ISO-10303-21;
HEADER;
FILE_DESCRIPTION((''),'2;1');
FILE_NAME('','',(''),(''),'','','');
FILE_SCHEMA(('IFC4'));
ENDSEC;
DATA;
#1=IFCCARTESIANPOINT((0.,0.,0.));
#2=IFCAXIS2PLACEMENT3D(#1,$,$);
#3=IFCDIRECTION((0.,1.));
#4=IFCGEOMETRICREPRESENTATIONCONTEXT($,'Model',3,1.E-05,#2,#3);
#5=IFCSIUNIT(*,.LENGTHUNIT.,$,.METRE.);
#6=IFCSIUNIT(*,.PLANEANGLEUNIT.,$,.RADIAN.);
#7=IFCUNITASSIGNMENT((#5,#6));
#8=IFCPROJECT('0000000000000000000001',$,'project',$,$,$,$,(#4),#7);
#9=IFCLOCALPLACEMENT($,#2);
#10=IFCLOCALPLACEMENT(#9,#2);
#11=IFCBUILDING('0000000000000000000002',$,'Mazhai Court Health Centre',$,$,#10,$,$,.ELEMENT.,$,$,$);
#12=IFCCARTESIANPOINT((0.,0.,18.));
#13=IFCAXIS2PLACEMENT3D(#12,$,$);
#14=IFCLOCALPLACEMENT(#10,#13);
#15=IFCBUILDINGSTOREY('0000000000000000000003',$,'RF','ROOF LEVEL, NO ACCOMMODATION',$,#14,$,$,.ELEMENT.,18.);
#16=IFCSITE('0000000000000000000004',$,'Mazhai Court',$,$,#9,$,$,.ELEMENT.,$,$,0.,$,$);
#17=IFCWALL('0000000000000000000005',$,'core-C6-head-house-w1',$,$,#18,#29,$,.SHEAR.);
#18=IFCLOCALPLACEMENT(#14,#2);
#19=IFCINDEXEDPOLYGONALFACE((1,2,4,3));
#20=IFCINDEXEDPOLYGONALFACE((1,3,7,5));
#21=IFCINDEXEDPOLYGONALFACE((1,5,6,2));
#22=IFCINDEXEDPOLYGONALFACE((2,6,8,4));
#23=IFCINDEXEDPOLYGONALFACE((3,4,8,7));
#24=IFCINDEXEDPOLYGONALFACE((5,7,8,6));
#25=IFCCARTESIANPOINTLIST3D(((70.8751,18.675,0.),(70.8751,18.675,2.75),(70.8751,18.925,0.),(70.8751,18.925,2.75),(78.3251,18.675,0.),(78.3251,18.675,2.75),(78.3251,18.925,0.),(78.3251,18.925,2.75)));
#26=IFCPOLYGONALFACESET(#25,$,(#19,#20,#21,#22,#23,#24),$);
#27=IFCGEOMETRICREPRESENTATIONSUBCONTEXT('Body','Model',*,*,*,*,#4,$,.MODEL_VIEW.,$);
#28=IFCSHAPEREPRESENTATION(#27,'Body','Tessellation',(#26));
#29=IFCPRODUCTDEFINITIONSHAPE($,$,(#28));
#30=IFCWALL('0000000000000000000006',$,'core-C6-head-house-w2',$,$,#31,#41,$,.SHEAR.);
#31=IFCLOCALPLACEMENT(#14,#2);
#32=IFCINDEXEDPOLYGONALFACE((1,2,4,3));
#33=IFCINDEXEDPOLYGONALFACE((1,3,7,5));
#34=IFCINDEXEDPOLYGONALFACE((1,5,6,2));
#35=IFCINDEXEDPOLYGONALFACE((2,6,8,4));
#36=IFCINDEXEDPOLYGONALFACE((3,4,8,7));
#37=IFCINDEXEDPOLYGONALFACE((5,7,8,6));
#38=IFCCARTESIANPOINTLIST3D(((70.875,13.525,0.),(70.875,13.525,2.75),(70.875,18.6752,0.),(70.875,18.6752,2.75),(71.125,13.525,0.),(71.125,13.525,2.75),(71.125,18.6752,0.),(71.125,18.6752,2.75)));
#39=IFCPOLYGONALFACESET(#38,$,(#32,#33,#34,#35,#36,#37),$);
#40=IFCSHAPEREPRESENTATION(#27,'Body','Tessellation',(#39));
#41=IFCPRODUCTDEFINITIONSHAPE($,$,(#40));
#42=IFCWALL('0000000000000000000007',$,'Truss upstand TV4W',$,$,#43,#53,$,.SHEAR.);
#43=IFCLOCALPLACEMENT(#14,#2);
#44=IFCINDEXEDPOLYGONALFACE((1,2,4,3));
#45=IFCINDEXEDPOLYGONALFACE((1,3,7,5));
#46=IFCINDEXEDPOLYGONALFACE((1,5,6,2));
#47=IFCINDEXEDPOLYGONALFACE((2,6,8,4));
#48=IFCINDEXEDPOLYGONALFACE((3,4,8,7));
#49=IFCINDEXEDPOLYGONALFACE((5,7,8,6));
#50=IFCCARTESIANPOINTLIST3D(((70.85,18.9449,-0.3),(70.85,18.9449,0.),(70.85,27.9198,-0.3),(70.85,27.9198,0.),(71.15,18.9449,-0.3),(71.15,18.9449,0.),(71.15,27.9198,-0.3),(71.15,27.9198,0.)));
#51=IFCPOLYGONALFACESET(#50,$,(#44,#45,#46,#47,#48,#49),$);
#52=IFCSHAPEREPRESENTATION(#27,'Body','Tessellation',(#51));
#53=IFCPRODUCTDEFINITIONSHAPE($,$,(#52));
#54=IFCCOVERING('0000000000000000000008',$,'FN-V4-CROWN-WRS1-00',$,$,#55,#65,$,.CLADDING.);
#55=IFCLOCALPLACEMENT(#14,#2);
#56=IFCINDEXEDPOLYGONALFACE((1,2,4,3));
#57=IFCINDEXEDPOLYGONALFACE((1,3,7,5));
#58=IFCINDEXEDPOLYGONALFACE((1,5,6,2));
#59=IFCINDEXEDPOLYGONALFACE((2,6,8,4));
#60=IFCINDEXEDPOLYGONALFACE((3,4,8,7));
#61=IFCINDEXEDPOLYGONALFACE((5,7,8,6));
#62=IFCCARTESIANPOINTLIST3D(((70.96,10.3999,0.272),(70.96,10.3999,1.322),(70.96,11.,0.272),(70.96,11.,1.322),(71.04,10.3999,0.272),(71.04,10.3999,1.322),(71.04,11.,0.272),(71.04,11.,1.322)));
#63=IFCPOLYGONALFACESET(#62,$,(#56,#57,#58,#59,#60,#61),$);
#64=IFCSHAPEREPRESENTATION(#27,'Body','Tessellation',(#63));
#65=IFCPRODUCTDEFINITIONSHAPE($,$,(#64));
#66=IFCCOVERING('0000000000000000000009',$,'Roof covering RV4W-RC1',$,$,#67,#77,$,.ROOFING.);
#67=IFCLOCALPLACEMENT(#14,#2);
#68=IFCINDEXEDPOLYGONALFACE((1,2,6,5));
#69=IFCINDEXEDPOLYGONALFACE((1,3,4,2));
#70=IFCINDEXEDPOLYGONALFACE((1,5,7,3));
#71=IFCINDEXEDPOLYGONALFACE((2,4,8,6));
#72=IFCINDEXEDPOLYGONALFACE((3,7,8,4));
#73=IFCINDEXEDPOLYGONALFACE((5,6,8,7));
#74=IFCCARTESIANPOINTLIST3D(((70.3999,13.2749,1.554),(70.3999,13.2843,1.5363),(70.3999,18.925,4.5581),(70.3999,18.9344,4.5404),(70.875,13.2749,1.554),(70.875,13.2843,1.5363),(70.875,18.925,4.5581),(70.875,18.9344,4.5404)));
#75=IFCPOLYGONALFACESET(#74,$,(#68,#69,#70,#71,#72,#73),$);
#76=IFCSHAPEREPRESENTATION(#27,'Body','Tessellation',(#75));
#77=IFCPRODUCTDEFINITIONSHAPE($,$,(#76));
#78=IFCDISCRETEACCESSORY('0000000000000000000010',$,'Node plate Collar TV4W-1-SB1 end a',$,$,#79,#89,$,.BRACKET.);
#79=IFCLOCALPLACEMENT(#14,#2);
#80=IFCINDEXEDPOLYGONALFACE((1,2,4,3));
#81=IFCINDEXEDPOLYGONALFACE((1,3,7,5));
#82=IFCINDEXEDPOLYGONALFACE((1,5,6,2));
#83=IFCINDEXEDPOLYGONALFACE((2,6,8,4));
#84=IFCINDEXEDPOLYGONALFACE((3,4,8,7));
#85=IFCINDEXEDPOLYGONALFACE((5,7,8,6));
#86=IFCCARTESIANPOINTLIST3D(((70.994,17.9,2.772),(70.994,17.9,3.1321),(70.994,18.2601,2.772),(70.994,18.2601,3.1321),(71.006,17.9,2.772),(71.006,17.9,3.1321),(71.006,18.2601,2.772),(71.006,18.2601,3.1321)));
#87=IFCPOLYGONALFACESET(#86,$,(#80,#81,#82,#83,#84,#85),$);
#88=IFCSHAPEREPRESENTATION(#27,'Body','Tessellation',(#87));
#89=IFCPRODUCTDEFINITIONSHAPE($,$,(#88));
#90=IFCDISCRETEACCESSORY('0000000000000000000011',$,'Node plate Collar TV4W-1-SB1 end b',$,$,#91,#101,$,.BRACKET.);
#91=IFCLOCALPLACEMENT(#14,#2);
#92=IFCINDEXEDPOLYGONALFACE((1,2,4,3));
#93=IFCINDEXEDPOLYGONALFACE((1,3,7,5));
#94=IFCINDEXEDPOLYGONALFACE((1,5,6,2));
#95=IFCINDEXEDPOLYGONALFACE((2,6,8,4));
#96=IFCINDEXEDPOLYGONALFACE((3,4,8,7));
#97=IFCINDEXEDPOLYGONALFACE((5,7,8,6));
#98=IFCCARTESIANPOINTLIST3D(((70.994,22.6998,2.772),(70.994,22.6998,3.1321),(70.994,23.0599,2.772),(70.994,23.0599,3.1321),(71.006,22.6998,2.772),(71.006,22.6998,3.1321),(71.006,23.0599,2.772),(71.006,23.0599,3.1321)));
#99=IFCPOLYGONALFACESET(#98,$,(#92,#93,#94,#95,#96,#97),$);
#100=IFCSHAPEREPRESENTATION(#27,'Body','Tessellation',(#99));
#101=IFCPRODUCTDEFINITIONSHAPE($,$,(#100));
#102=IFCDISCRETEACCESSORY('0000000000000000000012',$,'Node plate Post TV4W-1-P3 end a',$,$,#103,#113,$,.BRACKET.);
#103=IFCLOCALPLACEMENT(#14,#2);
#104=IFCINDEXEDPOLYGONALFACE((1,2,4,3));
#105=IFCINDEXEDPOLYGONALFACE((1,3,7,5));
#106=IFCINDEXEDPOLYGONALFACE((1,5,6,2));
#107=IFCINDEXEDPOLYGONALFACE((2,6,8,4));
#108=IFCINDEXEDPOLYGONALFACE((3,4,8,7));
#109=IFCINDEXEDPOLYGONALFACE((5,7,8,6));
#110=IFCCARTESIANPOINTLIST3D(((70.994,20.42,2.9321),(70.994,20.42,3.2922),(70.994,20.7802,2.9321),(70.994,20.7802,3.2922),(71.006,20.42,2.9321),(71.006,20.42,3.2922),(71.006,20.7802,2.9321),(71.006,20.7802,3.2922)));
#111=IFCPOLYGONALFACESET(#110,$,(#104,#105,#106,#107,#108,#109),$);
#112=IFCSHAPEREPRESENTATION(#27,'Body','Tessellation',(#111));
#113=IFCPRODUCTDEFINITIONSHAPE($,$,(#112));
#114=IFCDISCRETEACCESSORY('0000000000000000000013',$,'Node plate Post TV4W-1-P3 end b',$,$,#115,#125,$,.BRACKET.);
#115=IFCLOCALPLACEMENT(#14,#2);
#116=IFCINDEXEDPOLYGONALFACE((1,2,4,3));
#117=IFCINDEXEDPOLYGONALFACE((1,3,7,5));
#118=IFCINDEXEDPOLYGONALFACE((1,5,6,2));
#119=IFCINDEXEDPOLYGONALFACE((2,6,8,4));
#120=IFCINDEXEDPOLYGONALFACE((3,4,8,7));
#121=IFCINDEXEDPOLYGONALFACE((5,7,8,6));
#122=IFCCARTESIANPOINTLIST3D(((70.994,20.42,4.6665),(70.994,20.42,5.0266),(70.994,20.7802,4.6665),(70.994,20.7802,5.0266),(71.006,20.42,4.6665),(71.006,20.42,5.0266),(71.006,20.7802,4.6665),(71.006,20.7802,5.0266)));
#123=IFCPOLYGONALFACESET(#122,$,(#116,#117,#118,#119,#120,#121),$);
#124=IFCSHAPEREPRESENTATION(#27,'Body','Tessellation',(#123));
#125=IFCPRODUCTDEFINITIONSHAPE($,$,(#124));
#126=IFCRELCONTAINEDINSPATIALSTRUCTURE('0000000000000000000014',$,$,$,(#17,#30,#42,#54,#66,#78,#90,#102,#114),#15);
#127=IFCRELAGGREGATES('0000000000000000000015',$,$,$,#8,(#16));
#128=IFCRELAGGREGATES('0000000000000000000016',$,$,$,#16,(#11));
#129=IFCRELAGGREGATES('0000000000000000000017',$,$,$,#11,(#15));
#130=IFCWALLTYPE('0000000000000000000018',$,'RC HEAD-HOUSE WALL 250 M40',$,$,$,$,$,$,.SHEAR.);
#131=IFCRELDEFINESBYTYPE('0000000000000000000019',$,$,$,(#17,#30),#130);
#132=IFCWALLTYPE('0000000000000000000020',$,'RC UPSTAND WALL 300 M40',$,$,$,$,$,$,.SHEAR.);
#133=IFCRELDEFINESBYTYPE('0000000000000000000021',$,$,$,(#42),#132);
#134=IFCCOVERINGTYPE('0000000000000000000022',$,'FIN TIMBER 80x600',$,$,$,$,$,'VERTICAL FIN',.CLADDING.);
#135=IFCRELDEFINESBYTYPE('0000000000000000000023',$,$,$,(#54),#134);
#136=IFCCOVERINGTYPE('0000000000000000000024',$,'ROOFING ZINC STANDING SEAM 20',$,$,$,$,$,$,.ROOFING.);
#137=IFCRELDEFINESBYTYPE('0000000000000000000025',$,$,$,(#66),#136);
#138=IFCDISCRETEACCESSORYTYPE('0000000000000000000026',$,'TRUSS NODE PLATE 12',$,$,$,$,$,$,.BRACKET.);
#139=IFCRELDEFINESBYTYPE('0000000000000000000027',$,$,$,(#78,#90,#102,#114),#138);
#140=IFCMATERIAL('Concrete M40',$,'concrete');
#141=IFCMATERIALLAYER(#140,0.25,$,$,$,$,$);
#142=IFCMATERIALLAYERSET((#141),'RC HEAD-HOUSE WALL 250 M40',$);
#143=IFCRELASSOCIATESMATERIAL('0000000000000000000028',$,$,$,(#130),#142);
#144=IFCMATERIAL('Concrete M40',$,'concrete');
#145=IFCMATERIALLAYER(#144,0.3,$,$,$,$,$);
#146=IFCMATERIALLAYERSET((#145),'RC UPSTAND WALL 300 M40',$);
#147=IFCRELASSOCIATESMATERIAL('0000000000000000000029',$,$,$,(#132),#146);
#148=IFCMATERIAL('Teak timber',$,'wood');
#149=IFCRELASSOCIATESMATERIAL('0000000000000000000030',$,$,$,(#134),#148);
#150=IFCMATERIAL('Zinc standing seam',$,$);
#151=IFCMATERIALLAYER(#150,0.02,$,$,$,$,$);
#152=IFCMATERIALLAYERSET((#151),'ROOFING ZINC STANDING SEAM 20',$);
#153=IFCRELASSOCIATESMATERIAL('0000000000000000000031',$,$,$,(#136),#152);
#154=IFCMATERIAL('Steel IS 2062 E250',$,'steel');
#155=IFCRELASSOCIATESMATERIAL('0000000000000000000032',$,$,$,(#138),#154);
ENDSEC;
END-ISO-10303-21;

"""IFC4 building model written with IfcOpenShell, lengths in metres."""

from ifc_helpers import new_model, si_unit, direction, frame, frame_2d, origin, origin_2d, place, context, subcontext, project, spatial, polyline, rectangle, outline, extrude, material, layer, layer_set, type_object, element, save


model = new_model("IFC4")

# Units and contexts
model_context = context("Model", 3, precision=1e-05, world=origin(), true_north=direction((0.0, 1.0)))
body_context = subcontext(model_context, "Body", "Model", "MODEL_VIEW")
ifc_project = project(units=[si_unit("LENGTHUNIT", "METRE"), si_unit("PLANEANGLEUNIT", "RADIAN")], contexts=[model_context])

# Site, building, storey
site_placement = place(None, origin())
site = spatial("IfcSite", under=ifc_project, at=site_placement, Name="Mazhai Court", CompositionType="ELEMENT", RefElevation=0.0)
building_placement = place(site_placement, origin())
building = spatial("IfcBuilding", under=site, at=building_placement, Name="Mazhai Court Health Centre", CompositionType="ELEMENT")
storey_placement = place(building_placement, frame((0.0, 0.0, 18.0)))
storey = spatial("IfcBuildingStorey", under=building, at=storey_placement, Name="RF", Description="ROOF LEVEL, NO ACCOMMODATION", CompositionType="ELEMENT", Elevation=18.0)

# Walls
ifc_material_1 = material(Name="Concrete M40", Category="concrete")
ifc_layer_1 = layer(ifc_material_1, 0.25)
ifc_layer_set_1 = layer_set([ifc_layer_1], Name="RC HEAD-HOUSE WALL 250 M40")
wall_type_1 = type_object("IfcWallType", Name="RC HEAD-HOUSE WALL 250 M40", PredefinedType="SHEAR", material=ifc_layer_set_1)
for number, where, z_axis, x_axis, name in (
    (1, (70.875, 18.8, 0.0), (0.0, 0.0, 1.0), (1.0, 0.0, 0.0), "core-C6-head-house-w1"),
):
    element("IfcWall", number, at=place(storey_placement, frame(where, z_axis=z_axis, x_axis=x_axis)), inside=storey, type_object=wall_type_1, Name=name, PredefinedType="SHEAR", context=body_context, shape_type="SweptSolid", body=[
        extrude(rectangle(XDim=7.45, YDim=0.25, at=frame_2d((3.7251, 0.0))), origin(), (0.0, 0.0, 1.0), 2.75),
    ])
wall_1_placement = place(storey_placement, frame((71.0, 13.5249, 0.0), z_axis=(0.0, 0.0, 1.0), x_axis=(0.0, 1.0, 0.0)))
element("IfcWall", 2, at=wall_1_placement, inside=storey, type_object=wall_type_1, Name="core-C6-head-house-w2", PredefinedType="SHEAR", context=body_context, shape_type="SweptSolid", body=[
    extrude(rectangle(XDim=5.1501, YDim=0.25, at=frame_2d((2.5752, 0.0))), origin(), (0.0, 0.0, 1.0), 2.75),
])
ifc_material_2 = material(Name="Concrete M40", Category="concrete")
ifc_layer_2 = layer(ifc_material_2, 0.3)
ifc_layer_set_2 = layer_set([ifc_layer_2], Name="RC UPSTAND WALL 300 M40")
wall_type_2 = type_object("IfcWallType", Name="RC UPSTAND WALL 300 M40", PredefinedType="SHEAR", material=ifc_layer_set_2)
wall_2_placement = place(storey_placement, frame((71.0, 18.9451, -0.3), z_axis=(0.0, 0.0, 1.0), x_axis=(0.0, 1.0, 0.0)))
element("IfcWall", 3, at=wall_2_placement, inside=storey, type_object=wall_type_2, Name="Truss upstand TV4W", PredefinedType="SHEAR", context=body_context, shape_type="SweptSolid", body=[
    extrude(rectangle(XDim=8.9749, YDim=0.3, at=frame_2d((4.4873, 0.0))), origin(), (0.0, 0.0, 1.0), 0.3),
])

# Coverings
ifc_material_3 = material(Name="Teak timber", Category="wood")
covering_type_1 = type_object("IfcCoveringType", Name="FIN TIMBER 80x600", ElementType="VERTICAL FIN", PredefinedType="CLADDING", material=ifc_material_3)
covering_1_placement = place(storey_placement, frame((71.0, 10.7, 0.272), z_axis=(0.0, 0.0, 1.0), x_axis=(1.0, 0.0, 0.0)))
element("IfcCovering", 4, at=covering_1_placement, inside=storey, type_object=covering_type_1, Name="FN-V4-CROWN-WRS1-00", PredefinedType="CLADDING", context=body_context, shape_type="SweptSolid", body=[
    extrude(rectangle(XDim=0.0801, YDim=0.6001, at=origin_2d()), origin(), (0.0, 0.0, 1.0), 1.05),
])
ifc_material_4 = material(Name="Zinc standing seam")
ifc_layer_3 = layer(ifc_material_4, 0.02)
ifc_layer_set_3 = layer_set([ifc_layer_3], Name="ROOFING ZINC STANDING SEAM 20")
covering_type_2 = type_object("IfcCoveringType", Name="ROOFING ZINC STANDING SEAM 20", PredefinedType="ROOFING", material=ifc_layer_set_3)
covering_2_placement = place(storey_placement, frame((70.3999, 18.925, 4.5581), z_axis=(0.0, -0.469461, 0.882953), x_axis=(1.0, 0.0, 0.0)))
element("IfcCovering", 5, at=covering_2_placement, inside=storey, type_object=covering_type_2, Name="Roof covering RV4W-RC1", PredefinedType="ROOFING", context=body_context, shape_type="SweptSolid", body=[
    extrude(outline(polyline([(0.0, 0.0), (0.4751, 0.0), (0.4751, -6.3991), (0.0, -6.3991), (0.0, 0.0)])), origin(), (0.0, 0.0, -1.0), 0.02),
])

# Discrete accessories
ifc_material_5 = material(Name="Steel IS 2062 E250", Category="steel")
discrete_accessory_type = type_object("IfcDiscreteAccessoryType", Name="TRUSS NODE PLATE 12", PredefinedType="BRACKET", material=ifc_material_5)
for number, where, z_axis, x_axis, name in (
    (6, (71.0, 18.0801, 2.772), (0.0, 0.0, 1.0), (1.0, 0.0, 0.0), "Node plate Collar TV4W-1-SB1 end a"),
    (7, (71.0, 22.8799, 2.772), (0.0, 0.0, 1.0), (1.0, 0.0, 0.0), "Node plate Collar TV4W-1-SB1 end b"),
    (8, (71.0, 20.6001, 2.9321), (0.0, 0.0, 1.0), (1.0, 0.0, 0.0), "Node plate Post TV4W-1-P3 end a"),
    (9, (71.0, 20.6001, 4.6665), (0.0, 0.0, 1.0), (1.0, 0.0, 0.0), "Node plate Post TV4W-1-P3 end b"),
):
    element("IfcDiscreteAccessory", number, at=place(storey_placement, frame(where, z_axis=z_axis, x_axis=x_axis)), inside=storey, type_object=discrete_accessory_type, Name=name, PredefinedType="BRACKET", context=body_context, shape_type="SweptSolid", body=[
        extrude(rectangle(XDim=0.012, YDim=0.3601, at=origin_2d()), origin(), (0.0, 0.0, 1.0), 0.3601),
    ])

save(model, "model.ifc")
